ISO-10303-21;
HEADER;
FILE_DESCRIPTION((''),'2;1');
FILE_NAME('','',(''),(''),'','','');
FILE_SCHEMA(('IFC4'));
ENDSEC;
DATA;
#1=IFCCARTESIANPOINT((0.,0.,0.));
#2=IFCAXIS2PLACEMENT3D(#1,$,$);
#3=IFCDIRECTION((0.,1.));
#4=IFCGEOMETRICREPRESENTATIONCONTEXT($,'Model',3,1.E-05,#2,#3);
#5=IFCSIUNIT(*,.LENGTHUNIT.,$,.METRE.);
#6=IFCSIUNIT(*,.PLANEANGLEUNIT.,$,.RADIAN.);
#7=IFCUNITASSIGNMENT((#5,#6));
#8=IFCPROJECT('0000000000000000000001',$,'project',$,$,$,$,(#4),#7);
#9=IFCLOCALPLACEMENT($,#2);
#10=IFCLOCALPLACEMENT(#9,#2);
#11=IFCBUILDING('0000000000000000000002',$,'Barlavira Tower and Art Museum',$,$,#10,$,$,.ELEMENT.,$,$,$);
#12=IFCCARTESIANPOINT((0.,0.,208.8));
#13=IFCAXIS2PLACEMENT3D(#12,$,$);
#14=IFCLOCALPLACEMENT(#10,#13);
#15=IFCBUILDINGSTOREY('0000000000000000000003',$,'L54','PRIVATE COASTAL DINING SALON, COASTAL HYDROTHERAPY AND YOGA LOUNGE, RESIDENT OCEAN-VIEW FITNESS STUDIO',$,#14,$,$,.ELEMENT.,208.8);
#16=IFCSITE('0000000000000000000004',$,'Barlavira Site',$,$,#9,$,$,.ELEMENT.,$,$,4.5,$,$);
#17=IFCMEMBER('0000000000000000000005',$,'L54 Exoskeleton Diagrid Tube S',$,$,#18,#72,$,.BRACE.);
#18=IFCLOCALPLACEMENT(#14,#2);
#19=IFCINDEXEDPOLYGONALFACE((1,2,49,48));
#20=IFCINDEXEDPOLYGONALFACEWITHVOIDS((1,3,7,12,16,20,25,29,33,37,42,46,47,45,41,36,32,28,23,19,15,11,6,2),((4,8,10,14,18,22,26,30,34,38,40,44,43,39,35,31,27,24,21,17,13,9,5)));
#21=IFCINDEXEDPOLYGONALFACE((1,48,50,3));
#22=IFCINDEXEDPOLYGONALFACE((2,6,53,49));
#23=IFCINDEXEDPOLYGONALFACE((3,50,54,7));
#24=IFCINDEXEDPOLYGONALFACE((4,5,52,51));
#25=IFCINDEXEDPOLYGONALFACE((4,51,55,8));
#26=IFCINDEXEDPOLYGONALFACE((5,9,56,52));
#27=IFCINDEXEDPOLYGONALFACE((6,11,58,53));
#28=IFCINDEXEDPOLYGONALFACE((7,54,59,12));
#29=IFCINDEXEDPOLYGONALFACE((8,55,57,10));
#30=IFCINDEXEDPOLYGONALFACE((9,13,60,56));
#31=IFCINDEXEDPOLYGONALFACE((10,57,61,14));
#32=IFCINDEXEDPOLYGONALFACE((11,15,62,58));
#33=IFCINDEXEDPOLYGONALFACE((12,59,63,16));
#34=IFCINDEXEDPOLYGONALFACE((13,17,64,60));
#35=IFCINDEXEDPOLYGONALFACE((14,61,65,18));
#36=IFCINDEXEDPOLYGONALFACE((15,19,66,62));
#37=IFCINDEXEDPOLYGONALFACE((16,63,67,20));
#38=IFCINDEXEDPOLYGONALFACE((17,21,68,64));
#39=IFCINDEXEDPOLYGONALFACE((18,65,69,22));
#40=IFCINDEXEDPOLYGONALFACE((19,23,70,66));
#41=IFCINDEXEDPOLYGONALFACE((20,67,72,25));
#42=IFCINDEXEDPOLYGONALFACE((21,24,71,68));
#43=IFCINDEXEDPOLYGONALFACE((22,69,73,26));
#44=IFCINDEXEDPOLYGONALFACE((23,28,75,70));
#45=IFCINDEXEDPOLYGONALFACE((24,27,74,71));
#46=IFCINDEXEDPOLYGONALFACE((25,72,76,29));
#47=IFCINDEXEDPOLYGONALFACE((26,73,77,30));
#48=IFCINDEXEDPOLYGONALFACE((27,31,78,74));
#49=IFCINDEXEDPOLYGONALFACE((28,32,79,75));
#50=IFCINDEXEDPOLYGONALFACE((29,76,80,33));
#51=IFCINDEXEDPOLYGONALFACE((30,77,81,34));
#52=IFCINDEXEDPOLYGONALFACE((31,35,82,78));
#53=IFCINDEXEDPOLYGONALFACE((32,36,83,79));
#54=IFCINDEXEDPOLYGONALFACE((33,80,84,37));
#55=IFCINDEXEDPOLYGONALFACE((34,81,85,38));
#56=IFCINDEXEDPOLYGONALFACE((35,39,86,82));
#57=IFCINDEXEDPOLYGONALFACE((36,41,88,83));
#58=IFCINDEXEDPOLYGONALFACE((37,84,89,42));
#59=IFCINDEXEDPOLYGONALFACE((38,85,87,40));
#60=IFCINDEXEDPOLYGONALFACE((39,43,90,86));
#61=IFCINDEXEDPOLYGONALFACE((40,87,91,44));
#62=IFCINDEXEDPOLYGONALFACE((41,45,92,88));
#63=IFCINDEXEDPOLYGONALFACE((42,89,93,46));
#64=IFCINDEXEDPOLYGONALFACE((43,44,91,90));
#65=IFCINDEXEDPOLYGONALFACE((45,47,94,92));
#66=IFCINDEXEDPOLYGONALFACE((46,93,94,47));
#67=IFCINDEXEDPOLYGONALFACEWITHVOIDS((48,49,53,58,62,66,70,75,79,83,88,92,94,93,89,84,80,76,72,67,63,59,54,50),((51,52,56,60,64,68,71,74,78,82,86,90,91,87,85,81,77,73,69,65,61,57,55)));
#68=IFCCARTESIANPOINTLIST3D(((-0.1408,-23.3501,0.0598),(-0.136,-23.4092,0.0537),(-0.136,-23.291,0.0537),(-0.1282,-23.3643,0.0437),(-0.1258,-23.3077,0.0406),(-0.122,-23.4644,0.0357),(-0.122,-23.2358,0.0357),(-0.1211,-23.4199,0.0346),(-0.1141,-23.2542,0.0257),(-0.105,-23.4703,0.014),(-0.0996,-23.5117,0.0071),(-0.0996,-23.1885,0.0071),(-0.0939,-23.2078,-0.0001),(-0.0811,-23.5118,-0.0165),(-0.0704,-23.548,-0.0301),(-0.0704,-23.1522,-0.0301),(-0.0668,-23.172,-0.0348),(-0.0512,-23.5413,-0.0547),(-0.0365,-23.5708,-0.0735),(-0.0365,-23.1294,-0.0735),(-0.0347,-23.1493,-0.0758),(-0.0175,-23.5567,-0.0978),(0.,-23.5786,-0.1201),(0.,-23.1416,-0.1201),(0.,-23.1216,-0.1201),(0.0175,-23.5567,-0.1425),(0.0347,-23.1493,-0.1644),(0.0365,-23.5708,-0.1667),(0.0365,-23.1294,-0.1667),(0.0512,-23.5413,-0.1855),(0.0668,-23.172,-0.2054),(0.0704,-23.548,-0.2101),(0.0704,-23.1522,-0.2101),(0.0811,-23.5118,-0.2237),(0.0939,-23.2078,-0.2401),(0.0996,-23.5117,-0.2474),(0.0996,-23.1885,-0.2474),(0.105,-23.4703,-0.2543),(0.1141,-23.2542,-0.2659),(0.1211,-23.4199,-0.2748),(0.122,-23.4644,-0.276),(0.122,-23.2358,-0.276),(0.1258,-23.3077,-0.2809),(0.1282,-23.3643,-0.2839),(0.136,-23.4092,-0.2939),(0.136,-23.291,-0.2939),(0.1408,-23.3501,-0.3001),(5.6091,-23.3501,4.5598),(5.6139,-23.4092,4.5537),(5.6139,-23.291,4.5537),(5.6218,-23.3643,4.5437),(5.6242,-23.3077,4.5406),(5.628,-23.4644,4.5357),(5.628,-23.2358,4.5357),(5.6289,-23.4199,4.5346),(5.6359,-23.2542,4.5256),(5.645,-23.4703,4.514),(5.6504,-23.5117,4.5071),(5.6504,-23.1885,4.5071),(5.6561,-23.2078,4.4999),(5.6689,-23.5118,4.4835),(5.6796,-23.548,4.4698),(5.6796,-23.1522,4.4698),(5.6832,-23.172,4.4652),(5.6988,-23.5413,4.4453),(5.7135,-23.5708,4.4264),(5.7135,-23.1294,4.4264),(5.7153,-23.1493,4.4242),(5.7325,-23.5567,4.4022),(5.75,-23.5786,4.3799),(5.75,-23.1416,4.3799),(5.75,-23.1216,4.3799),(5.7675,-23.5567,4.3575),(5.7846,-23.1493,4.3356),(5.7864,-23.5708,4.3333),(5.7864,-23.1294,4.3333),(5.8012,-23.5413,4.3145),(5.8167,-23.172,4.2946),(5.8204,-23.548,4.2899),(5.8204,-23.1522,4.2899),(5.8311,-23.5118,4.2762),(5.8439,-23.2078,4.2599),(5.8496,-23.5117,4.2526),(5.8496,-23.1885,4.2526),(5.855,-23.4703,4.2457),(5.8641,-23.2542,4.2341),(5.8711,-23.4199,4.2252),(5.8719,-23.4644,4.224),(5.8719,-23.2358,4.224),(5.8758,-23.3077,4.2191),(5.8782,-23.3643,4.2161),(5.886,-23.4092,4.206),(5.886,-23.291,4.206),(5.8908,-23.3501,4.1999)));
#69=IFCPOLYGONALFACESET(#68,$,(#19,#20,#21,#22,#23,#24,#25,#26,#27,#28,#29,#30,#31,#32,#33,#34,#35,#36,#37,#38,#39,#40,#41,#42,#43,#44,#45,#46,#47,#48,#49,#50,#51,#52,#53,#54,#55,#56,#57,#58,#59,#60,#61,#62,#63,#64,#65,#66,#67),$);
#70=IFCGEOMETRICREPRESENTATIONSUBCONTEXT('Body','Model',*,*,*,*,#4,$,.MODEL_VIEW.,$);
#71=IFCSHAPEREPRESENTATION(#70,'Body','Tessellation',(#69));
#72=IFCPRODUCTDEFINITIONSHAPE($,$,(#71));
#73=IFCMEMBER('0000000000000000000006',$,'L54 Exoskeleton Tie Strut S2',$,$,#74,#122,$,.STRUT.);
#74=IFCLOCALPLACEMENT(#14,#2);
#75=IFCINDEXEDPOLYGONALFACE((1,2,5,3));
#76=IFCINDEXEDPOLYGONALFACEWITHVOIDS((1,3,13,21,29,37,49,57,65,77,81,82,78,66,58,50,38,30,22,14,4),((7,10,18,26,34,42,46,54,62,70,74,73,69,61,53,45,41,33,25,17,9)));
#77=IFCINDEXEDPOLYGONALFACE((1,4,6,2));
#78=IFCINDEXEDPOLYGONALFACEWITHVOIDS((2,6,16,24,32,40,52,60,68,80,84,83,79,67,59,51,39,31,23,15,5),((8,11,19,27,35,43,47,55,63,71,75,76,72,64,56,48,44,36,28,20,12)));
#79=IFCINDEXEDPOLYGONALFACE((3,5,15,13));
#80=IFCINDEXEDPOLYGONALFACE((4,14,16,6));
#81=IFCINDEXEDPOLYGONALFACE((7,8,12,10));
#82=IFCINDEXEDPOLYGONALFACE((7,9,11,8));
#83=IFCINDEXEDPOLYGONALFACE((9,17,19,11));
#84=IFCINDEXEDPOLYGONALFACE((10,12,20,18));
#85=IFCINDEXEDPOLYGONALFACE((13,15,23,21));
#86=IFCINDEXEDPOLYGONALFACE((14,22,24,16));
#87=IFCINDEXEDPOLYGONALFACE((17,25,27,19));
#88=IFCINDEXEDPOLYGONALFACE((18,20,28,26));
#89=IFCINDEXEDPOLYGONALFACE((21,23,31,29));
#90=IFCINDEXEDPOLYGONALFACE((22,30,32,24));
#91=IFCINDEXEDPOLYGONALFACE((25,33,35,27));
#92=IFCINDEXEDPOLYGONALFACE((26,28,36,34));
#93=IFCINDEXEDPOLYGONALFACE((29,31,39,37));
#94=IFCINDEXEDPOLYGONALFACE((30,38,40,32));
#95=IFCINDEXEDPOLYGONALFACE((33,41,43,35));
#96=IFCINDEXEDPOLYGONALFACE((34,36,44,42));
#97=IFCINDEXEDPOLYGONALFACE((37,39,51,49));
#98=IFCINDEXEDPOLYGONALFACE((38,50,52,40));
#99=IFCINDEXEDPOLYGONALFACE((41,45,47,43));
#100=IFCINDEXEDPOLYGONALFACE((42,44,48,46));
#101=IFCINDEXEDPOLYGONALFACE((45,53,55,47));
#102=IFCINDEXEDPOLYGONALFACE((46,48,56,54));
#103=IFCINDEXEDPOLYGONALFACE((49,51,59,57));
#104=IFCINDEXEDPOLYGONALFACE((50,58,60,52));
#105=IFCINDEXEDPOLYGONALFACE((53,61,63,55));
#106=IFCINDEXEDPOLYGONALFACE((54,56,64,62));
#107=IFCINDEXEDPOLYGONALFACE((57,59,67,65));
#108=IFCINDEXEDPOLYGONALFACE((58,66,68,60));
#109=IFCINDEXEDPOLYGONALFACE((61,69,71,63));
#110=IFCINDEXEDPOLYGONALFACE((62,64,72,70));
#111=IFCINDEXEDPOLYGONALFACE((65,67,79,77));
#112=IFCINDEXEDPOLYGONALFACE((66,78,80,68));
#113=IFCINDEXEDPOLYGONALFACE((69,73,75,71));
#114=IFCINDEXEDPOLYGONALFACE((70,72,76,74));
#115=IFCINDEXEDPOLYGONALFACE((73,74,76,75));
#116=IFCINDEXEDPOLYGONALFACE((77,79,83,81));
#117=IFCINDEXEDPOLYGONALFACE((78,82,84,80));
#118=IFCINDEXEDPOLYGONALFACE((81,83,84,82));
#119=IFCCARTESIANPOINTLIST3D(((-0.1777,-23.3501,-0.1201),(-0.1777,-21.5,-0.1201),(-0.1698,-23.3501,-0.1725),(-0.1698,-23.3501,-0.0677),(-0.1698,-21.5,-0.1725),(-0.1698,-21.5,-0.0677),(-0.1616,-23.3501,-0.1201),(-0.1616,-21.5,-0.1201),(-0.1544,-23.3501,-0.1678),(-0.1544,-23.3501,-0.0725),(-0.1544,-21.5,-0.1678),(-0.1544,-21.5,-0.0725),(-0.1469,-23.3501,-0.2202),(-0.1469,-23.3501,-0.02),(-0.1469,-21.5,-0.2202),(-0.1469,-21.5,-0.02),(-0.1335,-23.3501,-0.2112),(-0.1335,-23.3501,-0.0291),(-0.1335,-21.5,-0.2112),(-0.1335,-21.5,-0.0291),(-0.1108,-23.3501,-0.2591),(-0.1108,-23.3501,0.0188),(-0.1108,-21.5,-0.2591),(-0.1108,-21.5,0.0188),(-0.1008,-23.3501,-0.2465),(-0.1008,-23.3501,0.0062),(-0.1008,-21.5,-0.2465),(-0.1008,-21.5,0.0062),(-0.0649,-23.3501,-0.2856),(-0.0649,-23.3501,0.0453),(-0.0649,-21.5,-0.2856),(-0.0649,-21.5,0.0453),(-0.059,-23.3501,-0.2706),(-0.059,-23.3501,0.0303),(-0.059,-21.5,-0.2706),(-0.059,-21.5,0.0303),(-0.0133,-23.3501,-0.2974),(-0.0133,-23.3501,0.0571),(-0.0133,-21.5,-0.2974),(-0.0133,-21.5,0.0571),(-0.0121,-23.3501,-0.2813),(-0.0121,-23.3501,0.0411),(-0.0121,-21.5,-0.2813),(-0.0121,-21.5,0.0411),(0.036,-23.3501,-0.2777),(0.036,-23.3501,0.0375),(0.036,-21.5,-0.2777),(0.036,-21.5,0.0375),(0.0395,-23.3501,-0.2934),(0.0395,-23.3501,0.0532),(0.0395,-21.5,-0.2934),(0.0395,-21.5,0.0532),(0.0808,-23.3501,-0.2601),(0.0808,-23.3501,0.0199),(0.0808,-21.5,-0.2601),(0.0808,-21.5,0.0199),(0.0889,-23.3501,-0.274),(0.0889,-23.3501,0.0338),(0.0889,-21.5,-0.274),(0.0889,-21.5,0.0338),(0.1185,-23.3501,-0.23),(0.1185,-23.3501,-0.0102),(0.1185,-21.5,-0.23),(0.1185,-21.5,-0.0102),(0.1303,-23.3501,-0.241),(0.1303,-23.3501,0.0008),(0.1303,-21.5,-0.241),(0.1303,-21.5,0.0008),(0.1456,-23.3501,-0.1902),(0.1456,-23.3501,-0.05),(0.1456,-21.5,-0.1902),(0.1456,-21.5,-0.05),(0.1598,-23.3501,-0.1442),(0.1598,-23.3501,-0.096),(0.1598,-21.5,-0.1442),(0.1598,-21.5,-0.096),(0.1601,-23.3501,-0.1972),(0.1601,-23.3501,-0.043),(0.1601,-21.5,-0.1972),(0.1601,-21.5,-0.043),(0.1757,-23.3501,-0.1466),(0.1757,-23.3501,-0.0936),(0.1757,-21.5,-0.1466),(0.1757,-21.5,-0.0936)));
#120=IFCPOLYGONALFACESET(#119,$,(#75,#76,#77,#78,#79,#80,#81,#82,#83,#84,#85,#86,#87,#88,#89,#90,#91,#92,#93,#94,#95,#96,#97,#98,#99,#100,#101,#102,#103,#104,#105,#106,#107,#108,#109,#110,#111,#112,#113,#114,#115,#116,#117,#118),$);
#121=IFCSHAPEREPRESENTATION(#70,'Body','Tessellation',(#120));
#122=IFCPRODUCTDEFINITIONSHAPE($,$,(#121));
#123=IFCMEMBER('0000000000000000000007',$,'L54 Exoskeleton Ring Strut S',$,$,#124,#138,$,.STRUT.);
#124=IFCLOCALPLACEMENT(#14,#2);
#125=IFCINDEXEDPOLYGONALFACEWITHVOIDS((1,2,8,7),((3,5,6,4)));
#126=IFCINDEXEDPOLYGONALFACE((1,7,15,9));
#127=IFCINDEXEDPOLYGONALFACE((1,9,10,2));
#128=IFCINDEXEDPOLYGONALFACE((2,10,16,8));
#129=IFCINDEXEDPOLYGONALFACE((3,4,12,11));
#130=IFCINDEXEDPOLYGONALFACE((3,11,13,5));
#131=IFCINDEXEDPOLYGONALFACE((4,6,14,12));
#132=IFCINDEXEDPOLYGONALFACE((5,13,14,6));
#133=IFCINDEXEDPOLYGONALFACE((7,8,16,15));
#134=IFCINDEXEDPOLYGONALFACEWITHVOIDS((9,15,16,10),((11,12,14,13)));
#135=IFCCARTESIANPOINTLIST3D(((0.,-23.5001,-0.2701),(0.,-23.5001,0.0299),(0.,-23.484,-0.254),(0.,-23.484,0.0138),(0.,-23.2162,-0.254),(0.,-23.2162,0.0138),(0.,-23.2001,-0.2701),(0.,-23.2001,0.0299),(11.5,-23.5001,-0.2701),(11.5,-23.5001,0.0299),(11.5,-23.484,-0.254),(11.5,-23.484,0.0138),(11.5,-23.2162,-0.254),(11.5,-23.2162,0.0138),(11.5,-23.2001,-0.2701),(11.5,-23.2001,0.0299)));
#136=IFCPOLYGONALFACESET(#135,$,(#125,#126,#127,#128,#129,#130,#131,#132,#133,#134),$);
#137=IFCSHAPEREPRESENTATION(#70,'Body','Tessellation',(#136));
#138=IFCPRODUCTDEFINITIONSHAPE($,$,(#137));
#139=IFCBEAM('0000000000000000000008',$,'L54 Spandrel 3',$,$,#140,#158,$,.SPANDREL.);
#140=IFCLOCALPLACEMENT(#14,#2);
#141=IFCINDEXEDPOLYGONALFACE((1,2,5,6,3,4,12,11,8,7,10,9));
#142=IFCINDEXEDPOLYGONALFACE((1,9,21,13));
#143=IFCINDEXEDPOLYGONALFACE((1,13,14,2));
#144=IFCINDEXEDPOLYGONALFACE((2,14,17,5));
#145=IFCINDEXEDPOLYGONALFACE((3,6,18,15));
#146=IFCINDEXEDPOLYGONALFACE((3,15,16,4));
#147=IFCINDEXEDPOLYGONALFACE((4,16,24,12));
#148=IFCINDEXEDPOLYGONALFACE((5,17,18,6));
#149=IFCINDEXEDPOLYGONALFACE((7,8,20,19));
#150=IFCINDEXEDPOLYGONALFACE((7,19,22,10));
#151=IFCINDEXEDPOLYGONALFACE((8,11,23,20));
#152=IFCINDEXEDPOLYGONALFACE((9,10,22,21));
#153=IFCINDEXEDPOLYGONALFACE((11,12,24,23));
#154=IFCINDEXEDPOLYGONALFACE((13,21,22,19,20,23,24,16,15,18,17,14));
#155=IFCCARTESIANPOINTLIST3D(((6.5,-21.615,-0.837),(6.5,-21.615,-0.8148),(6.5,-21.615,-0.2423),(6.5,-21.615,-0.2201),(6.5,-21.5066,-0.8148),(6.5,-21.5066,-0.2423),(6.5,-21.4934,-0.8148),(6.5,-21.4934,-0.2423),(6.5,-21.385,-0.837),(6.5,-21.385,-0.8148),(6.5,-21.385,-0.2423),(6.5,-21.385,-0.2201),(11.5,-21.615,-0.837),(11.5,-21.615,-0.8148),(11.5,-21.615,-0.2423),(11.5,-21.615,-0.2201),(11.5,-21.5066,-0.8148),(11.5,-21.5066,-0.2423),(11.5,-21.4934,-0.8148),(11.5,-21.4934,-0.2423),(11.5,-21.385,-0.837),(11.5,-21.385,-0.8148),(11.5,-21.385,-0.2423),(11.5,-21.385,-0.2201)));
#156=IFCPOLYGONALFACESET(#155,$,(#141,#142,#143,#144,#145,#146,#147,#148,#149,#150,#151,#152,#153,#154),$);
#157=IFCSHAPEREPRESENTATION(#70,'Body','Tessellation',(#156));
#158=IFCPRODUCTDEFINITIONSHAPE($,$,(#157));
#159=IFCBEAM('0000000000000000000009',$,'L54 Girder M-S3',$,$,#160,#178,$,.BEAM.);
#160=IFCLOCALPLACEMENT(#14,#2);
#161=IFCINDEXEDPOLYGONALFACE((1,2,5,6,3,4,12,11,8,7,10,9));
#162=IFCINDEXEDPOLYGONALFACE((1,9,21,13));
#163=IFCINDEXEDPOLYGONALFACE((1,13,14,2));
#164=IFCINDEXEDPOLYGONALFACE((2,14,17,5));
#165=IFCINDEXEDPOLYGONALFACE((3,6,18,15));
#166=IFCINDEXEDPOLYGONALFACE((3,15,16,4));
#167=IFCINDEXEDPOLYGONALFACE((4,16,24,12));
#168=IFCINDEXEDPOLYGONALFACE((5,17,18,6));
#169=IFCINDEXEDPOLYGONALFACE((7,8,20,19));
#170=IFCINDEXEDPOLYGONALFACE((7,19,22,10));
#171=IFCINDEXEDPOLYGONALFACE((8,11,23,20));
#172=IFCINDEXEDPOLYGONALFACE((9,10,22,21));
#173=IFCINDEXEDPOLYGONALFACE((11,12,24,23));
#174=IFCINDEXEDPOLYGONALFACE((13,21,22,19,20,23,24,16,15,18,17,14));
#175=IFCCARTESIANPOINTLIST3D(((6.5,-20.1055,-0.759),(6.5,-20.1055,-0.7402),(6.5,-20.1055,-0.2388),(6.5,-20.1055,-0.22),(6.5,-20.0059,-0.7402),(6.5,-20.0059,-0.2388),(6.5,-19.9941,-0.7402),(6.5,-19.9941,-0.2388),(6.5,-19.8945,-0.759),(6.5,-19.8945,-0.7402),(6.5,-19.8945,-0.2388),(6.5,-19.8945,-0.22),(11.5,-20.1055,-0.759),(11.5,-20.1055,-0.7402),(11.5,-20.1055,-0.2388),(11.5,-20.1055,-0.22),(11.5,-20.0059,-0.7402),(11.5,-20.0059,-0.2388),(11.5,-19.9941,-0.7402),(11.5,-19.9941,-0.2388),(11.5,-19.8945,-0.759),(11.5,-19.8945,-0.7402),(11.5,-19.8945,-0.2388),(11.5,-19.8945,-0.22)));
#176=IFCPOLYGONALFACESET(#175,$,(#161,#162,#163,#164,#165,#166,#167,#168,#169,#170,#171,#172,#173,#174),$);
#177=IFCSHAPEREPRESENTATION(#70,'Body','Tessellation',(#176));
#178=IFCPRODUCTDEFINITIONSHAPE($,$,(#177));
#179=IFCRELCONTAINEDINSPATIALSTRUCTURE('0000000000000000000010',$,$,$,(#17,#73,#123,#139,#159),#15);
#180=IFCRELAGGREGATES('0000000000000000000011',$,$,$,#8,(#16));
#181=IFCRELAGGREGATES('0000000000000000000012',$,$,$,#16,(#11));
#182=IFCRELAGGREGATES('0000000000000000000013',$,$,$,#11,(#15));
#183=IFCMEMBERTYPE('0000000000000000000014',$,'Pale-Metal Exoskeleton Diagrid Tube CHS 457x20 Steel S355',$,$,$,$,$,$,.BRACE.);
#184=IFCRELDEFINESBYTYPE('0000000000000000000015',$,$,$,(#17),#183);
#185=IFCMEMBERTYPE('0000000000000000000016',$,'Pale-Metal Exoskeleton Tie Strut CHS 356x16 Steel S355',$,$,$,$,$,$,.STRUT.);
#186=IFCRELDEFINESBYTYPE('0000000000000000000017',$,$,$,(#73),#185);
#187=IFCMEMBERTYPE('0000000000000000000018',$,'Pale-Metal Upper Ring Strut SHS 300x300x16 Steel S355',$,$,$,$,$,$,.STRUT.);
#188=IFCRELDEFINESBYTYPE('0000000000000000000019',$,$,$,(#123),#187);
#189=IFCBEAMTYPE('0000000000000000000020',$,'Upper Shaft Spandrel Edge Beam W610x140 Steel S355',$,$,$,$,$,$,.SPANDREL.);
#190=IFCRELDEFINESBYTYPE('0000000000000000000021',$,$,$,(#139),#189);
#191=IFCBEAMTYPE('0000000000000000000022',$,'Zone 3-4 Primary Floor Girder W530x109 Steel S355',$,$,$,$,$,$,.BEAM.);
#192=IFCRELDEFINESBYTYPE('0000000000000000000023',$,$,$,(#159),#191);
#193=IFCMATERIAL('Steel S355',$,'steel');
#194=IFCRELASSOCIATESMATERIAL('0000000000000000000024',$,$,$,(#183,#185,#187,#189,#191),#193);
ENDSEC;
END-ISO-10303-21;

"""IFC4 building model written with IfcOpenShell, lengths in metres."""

from ifc_helpers import new_model, si_unit, direction, frame, origin, origin_2d, place, context, subcontext, project, spatial, hollow_rectangle, hollow_circle, i_section, extrude, material, material_profile, profile_set, type_object, element, save


model = new_model("IFC4")

# Units and contexts
model_context = context("Model", 3, precision=1e-05, world=origin(), true_north=direction((0.0, 1.0)))
body_context = subcontext(model_context, "Body", "Model", "MODEL_VIEW")
ifc_project = project(units=[si_unit("LENGTHUNIT", "METRE"), si_unit("PLANEANGLEUNIT", "RADIAN")], contexts=[model_context])

# Site, building, storey
site_placement = place(None, origin())
site = spatial("IfcSite", under=ifc_project, at=site_placement, Name="Barlavira Site", CompositionType="ELEMENT", RefElevation=4.5)
building_placement = place(site_placement, origin())
building = spatial("IfcBuilding", under=site, at=building_placement, Name="Barlavira Tower and Art Museum", CompositionType="ELEMENT")
storey_placement = place(building_placement, frame((0.0, 0.0, 208.8)))
storey = spatial("IfcBuildingStorey", under=building, at=storey_placement, Name="L54", Description="PRIVATE COASTAL DINING SALON, COASTAL HYDROTHERAPY AND YOGA LOUNGE, RESIDENT OCEAN-VIEW FITNESS STUDIO", CompositionType="ELEMENT", Elevation=208.8)

# Members
ifc_material_1 = material(Name="Steel S355", Category="steel")
ifc_material_profile_1 = material_profile(ifc_material_1, hollow_circle(Radius=0.2285, WallThickness=0.02, at=origin_2d()), Name="CHS 457.0x20.0")
ifc_profile_set_1 = profile_set([ifc_material_profile_1], Name="Steel S355")
member_type_1 = type_object("IfcMemberType", Name="Pale-Metal Exoskeleton Diagrid Tube CHS 457x20 Steel S355", PredefinedType="BRACE", material=ifc_profile_set_1)
member_1_placement = place(storey_placement, frame((0.0, -23.3501, -0.1201), z_axis=(0.787505, 0.0, 0.616308), x_axis=(0.0, 1.0, 0.0)))
element("IfcMember", 1, at=member_1_placement, inside=storey, type_object=member_type_1, Name="L54 Exoskeleton Diagrid Tube S", PredefinedType="BRACE", context=body_context, shape_type="SweptSolid", body=[
    extrude(hollow_circle(Radius=0.2285, WallThickness=0.02, at=origin_2d()), origin(), (0.0, 0.0, 1.0), 7.3015),
])
ifc_material_profile_2 = material_profile(ifc_material_1, hollow_circle(Radius=0.1777, WallThickness=0.0161, at=origin_2d()), Name="CHS 355.6x16.0")
ifc_profile_set_2 = profile_set([ifc_material_profile_2], Name="Steel S355")
member_type_2 = type_object("IfcMemberType", Name="Pale-Metal Exoskeleton Tie Strut CHS 356x16 Steel S355", PredefinedType="STRUT", material=ifc_profile_set_2)
member_2_placement = place(storey_placement, frame((0.0, -23.3501, -0.1201), z_axis=(0.0, 1.0, 0.0), x_axis=(-1.0, 0.0, 0.0)))
element("IfcMember", 2, at=member_2_placement, inside=storey, type_object=member_type_2, Name="L54 Exoskeleton Tie Strut S2", PredefinedType="STRUT", context=body_context, shape_type="SweptSolid", body=[
    extrude(hollow_circle(Radius=0.1777, WallThickness=0.0161, at=origin_2d()), origin(), (0.0, 0.0, 1.0), 1.8501),
])
ifc_material_profile_3 = material_profile(ifc_material_1, hollow_rectangle(XDim=0.3, YDim=0.3, WallThickness=0.0161, at=origin_2d()), Name="SHS 300x300x16.0")
ifc_profile_set_3 = profile_set([ifc_material_profile_3], Name="Steel S355")
member_type_3 = type_object("IfcMemberType", Name="Pale-Metal Upper Ring Strut SHS 300x300x16 Steel S355", PredefinedType="STRUT", material=ifc_profile_set_3)
member_3_placement = place(storey_placement, frame((0.0, -23.3501, -0.1201), z_axis=(1.0, 0.0, 0.0), x_axis=(0.0, 1.0, 0.0)))
element("IfcMember", 3, at=member_3_placement, inside=storey, type_object=member_type_3, Name="L54 Exoskeleton Ring Strut S", PredefinedType="STRUT", context=body_context, shape_type="SweptSolid", body=[
    extrude(hollow_rectangle(XDim=0.3, YDim=0.3, WallThickness=0.0161, at=origin_2d()), origin(), (0.0, 0.0, 1.0), 11.5),
])

# Beams
ifc_material_profile_4 = material_profile(ifc_material_1, i_section(OverallWidth=0.23, OverallDepth=0.6169, WebThickness=0.0132, FlangeThickness=0.0222, at=origin_2d()), Name="W610x140.0")
ifc_profile_set_4 = profile_set([ifc_material_profile_4], Name="Steel S355")
beam_type_1 = type_object("IfcBeamType", Name="Upper Shaft Spandrel Edge Beam W610x140 Steel S355", PredefinedType="SPANDREL", material=ifc_profile_set_4)
beam_1_placement = place(storey_placement, frame((6.5, -21.5, -0.5286), z_axis=(1.0, 0.0, 0.0), x_axis=(0.0, 1.0, 0.0)))
element("IfcBeam", 4, at=beam_1_placement, inside=storey, type_object=beam_type_1, Name="L54 Spandrel 3", PredefinedType="SPANDREL", context=body_context, shape_type="SweptSolid", body=[
    extrude(i_section(OverallWidth=0.23, OverallDepth=0.6169, WebThickness=0.0132, FlangeThickness=0.0222, at=origin_2d()), origin(), (0.0, 0.0, 1.0), 5.0),
])
ifc_material_profile_5 = material_profile(ifc_material_1, i_section(OverallWidth=0.2109, OverallDepth=0.5391, WebThickness=0.0117, FlangeThickness=0.0188, at=origin_2d()), Name="W530x109.0")
ifc_profile_set_5 = profile_set([ifc_material_profile_5], Name="Steel S355")
beam_type_2 = type_object("IfcBeamType", Name="Zone 3-4 Primary Floor Girder W530x109 Steel S355", PredefinedType="BEAM", material=ifc_profile_set_5)
beam_2_placement = place(storey_placement, frame((6.5, -20.0, -0.4895), z_axis=(1.0, 0.0, 0.0), x_axis=(0.0, 1.0, 0.0)))
element("IfcBeam", 5, at=beam_2_placement, inside=storey, type_object=beam_type_2, Name="L54 Girder M-S3", PredefinedType="BEAM", context=body_context, shape_type="SweptSolid", body=[
    extrude(i_section(OverallWidth=0.2109, OverallDepth=0.5391, WebThickness=0.0117, FlangeThickness=0.0188, at=origin_2d()), origin(), (0.0, 0.0, 1.0), 5.0),
])

save(model, "model.ifc")
